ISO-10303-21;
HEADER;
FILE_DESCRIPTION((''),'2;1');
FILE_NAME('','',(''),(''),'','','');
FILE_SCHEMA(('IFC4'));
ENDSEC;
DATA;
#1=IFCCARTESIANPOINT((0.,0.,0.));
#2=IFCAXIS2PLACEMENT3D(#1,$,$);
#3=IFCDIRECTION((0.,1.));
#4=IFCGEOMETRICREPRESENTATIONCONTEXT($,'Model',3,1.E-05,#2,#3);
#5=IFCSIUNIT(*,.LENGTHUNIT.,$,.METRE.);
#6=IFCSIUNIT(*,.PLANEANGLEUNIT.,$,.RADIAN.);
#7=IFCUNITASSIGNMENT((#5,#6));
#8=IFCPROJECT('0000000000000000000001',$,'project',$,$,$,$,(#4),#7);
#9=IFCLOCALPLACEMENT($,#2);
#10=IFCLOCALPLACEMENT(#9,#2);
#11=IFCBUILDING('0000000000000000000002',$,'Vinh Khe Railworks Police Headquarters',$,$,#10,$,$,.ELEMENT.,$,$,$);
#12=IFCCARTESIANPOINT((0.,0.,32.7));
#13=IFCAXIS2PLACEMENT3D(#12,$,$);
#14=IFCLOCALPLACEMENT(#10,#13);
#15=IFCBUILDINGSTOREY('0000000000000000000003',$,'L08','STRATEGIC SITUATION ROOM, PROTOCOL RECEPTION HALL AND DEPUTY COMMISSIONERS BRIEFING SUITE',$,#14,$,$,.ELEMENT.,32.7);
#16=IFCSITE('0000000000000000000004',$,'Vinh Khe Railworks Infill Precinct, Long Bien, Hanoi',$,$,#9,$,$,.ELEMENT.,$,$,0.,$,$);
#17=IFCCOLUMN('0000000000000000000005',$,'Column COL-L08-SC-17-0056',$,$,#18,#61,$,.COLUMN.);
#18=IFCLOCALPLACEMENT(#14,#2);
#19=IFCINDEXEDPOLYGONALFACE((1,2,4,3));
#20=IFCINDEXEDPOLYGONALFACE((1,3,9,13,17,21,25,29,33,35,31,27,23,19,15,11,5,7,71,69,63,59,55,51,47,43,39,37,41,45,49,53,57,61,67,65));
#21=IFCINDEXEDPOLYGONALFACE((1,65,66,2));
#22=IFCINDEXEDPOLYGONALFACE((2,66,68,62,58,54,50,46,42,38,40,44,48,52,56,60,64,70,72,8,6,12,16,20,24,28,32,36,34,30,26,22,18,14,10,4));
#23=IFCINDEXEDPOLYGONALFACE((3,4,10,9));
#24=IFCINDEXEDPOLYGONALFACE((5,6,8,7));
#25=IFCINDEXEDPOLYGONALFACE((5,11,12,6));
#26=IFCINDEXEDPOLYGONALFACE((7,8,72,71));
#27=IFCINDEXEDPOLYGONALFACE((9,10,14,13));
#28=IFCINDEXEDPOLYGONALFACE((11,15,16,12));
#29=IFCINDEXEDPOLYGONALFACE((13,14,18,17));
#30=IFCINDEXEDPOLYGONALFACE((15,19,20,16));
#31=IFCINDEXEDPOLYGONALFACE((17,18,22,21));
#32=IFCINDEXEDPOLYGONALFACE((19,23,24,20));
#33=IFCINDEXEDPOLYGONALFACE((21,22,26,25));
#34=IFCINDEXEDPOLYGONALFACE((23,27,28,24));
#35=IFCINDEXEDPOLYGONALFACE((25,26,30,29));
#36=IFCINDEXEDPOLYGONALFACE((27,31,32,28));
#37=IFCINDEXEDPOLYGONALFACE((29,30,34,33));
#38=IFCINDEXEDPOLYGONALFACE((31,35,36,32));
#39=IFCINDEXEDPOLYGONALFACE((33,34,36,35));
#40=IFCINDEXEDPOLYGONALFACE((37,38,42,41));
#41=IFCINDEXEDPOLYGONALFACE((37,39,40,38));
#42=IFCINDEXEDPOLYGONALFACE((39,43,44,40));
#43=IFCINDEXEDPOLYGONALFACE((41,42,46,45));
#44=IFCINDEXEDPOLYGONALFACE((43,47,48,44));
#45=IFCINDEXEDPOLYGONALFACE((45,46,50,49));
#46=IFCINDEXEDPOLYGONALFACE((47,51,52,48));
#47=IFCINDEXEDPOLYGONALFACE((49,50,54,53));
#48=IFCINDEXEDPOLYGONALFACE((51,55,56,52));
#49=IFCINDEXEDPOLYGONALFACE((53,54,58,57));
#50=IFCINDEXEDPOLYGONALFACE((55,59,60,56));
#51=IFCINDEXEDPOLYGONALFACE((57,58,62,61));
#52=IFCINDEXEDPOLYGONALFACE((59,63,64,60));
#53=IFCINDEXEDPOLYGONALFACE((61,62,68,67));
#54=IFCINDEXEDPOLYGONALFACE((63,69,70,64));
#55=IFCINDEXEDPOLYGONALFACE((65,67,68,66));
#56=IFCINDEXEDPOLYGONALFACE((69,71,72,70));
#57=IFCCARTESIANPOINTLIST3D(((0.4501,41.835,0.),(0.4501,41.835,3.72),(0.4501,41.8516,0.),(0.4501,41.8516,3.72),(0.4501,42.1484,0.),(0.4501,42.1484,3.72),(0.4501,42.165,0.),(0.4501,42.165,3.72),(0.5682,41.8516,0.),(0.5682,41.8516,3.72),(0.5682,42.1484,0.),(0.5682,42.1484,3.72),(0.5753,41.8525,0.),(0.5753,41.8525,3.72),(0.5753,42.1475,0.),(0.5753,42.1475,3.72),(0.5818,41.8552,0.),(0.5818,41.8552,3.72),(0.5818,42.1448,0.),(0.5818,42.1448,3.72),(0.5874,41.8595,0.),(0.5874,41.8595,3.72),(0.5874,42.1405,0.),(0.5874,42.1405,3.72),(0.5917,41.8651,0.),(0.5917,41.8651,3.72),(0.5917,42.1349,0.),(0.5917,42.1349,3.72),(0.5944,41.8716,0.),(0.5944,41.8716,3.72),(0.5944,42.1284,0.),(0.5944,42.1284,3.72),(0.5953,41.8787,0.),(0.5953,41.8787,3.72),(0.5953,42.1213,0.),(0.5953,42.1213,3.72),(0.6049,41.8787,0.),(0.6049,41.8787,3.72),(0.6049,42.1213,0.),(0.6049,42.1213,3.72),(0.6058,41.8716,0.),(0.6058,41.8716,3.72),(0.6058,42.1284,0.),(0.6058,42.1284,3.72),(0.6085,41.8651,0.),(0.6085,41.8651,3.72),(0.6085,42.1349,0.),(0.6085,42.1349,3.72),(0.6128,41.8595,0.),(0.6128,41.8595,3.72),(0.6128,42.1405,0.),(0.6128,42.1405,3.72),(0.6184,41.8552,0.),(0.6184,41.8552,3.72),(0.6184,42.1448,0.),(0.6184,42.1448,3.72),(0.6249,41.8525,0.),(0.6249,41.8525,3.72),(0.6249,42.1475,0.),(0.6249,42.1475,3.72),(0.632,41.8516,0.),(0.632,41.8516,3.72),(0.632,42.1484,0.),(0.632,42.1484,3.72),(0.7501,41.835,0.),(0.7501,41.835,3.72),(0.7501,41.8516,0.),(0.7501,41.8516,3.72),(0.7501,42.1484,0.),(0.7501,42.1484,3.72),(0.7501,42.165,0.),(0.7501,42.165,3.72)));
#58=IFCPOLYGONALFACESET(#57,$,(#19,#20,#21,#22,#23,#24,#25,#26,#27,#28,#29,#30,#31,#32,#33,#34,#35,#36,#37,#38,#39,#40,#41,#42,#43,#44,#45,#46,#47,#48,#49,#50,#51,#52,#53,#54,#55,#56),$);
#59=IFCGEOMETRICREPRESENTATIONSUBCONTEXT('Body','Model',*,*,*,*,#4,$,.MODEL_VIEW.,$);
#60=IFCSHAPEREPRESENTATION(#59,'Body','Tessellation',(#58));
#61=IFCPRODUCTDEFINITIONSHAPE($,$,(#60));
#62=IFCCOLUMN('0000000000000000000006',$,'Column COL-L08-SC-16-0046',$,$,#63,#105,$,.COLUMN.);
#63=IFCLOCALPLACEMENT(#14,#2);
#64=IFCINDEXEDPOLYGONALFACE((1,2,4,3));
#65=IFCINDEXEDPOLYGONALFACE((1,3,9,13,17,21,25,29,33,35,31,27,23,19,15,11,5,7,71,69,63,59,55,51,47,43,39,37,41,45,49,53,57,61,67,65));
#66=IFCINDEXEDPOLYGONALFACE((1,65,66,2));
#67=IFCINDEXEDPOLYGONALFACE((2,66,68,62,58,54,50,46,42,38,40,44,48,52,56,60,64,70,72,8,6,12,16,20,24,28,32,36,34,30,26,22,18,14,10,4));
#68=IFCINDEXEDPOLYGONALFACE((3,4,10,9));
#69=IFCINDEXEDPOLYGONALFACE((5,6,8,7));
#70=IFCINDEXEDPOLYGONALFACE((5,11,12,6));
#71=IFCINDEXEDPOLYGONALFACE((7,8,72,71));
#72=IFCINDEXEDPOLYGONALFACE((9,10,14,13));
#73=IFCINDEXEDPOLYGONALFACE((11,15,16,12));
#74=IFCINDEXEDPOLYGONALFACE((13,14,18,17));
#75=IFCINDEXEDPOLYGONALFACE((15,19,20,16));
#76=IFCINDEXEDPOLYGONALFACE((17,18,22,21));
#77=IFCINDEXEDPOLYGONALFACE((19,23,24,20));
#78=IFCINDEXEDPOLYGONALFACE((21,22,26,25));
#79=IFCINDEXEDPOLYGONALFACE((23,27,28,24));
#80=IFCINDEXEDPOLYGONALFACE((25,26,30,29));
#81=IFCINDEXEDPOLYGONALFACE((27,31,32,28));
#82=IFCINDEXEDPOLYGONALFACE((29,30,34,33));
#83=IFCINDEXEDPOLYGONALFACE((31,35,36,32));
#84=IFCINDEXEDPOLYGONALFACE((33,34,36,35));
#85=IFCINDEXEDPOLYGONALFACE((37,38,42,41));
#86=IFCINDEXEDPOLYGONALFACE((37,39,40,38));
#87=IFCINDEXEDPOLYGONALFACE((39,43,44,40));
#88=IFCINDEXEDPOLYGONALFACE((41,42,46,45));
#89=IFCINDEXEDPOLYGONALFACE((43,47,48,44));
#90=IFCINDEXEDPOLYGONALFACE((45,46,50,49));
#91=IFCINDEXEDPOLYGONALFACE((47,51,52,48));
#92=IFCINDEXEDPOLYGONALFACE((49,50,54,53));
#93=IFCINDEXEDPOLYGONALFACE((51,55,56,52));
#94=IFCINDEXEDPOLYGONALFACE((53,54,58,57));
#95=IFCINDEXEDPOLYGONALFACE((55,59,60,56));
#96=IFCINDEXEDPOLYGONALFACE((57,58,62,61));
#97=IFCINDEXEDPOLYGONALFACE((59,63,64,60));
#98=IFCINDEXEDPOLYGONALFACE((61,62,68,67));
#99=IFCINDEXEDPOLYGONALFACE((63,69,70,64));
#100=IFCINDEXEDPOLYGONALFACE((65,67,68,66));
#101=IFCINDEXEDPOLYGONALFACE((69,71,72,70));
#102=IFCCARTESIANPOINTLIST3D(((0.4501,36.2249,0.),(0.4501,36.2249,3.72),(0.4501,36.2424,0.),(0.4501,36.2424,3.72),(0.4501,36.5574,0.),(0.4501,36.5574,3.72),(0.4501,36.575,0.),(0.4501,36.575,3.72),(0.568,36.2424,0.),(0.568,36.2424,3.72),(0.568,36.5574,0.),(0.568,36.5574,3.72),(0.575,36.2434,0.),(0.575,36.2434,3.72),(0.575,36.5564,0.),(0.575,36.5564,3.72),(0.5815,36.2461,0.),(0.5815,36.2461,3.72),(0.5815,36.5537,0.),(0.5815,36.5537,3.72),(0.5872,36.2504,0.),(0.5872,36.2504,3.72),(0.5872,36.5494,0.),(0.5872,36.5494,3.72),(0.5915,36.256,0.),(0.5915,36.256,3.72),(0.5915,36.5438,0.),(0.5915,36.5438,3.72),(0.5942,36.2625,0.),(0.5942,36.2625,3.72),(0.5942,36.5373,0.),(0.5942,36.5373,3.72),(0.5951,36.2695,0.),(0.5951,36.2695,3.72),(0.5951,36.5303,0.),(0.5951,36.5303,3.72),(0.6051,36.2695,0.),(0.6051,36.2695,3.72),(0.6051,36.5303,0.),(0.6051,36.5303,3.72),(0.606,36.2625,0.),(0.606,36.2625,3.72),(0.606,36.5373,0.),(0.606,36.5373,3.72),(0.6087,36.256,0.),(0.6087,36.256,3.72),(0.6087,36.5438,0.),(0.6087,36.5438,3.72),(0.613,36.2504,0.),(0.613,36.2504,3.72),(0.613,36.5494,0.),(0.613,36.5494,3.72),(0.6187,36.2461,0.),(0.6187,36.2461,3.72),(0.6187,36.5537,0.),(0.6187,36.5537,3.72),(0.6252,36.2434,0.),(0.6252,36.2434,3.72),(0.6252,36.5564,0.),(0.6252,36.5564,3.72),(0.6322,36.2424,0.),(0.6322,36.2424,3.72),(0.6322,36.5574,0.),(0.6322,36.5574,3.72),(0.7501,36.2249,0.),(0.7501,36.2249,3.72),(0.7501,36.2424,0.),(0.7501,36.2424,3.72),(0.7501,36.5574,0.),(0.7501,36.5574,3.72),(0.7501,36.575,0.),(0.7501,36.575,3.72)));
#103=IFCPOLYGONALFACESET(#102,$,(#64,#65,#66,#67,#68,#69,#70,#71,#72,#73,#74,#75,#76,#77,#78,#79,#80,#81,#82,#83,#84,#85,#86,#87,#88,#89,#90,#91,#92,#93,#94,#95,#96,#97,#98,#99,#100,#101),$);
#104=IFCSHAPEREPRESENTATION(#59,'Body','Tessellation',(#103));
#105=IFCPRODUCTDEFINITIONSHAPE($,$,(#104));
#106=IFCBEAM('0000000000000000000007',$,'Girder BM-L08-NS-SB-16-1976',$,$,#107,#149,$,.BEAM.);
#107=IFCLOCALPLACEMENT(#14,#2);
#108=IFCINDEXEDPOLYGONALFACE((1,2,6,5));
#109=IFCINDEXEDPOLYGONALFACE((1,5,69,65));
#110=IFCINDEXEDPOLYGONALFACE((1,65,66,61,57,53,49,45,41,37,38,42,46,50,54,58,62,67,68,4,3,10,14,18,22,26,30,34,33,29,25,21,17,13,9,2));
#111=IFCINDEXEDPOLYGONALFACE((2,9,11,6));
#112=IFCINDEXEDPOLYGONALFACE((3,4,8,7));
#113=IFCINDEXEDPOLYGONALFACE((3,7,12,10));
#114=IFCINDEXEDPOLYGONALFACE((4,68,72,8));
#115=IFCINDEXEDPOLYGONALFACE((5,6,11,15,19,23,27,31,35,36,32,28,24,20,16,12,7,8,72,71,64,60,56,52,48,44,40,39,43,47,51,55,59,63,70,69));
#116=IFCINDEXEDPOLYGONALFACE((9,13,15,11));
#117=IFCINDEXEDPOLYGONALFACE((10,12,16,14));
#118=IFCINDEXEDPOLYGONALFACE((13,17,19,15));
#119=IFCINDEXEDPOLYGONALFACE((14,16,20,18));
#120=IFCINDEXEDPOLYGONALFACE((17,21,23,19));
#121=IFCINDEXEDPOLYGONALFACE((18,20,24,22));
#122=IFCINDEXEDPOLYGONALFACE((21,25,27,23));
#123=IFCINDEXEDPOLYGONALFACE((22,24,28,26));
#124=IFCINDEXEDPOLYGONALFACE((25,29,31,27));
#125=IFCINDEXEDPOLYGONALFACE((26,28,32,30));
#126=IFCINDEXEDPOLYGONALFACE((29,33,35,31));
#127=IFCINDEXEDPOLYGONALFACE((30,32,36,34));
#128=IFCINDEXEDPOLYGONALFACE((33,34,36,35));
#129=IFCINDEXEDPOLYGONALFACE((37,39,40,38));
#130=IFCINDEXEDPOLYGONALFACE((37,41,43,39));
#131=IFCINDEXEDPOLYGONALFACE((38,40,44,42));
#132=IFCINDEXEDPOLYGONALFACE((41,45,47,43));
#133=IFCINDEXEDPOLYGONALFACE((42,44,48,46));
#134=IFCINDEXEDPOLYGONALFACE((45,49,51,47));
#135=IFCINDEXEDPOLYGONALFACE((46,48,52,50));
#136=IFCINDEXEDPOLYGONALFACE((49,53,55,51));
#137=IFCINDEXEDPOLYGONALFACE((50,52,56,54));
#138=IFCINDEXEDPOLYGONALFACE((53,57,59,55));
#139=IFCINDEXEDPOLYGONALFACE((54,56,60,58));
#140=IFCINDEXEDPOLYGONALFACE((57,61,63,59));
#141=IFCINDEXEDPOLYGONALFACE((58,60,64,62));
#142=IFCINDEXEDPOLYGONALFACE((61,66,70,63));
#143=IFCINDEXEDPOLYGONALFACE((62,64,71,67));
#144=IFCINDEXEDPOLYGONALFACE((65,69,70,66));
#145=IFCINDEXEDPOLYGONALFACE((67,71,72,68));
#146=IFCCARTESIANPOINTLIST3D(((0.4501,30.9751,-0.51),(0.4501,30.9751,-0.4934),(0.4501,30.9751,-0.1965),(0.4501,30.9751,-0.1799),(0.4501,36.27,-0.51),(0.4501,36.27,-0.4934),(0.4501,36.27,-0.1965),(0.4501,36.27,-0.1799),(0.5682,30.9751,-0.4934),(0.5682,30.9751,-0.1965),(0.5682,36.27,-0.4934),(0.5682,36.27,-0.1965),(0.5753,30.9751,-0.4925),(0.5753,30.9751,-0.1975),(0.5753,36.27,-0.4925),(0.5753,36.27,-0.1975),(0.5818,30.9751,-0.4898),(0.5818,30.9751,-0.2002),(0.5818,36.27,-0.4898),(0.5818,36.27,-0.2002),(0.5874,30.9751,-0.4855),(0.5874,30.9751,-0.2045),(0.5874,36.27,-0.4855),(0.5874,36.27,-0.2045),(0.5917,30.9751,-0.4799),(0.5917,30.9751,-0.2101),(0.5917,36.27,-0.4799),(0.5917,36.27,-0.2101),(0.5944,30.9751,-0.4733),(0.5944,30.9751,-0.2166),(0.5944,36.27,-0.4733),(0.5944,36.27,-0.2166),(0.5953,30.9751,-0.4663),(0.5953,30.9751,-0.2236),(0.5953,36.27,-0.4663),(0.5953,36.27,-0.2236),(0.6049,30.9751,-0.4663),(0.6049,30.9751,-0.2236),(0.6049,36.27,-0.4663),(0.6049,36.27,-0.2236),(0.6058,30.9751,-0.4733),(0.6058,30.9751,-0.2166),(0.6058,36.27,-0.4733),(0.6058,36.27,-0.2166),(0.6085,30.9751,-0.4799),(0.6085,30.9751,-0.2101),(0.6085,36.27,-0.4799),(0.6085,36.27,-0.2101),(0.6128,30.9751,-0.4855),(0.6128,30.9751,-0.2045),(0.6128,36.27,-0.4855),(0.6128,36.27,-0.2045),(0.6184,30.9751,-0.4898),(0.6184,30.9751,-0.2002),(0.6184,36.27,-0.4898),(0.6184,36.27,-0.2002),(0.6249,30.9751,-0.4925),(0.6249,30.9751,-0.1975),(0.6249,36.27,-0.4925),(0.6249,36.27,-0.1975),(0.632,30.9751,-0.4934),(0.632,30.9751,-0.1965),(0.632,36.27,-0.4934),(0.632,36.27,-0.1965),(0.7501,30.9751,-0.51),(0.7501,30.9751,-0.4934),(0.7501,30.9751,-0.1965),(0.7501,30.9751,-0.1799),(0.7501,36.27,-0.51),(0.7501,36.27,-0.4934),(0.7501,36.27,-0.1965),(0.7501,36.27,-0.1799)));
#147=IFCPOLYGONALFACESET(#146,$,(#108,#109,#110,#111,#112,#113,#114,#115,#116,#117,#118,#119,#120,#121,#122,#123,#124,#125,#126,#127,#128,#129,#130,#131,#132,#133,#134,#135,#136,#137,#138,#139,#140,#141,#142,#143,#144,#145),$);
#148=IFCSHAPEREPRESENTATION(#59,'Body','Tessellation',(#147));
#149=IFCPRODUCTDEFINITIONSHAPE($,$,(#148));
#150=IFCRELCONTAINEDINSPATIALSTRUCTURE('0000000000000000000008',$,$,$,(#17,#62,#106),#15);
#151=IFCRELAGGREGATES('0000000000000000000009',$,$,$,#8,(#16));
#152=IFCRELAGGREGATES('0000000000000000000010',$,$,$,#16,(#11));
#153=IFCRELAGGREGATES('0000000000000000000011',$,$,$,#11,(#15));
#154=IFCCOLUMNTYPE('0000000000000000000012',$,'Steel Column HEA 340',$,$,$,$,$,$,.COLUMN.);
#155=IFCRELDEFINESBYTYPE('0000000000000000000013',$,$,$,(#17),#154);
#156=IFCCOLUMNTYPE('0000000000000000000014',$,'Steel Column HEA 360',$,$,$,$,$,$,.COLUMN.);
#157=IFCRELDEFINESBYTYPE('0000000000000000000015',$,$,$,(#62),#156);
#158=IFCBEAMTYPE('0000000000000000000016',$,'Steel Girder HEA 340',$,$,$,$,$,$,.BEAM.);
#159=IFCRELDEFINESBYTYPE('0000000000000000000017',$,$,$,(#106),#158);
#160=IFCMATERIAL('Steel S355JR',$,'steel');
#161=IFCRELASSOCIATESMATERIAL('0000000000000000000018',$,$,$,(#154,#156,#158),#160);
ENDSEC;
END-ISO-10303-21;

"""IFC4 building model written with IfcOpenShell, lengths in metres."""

from ifc_helpers import new_model, si_unit, direction, frame, origin, origin_2d, place, context, subcontext, project, spatial, i_section, extrude, material, material_profile, profile_set, type_object, element, save


model = new_model("IFC4")

# Units and contexts
model_context = context("Model", 3, precision=1e-05, world=origin(), true_north=direction((0.0, 1.0)))
body_context = subcontext(model_context, "Body", "Model", "MODEL_VIEW")
ifc_project = project(units=[si_unit("LENGTHUNIT", "METRE"), si_unit("PLANEANGLEUNIT", "RADIAN")], contexts=[model_context])

# Site, building, storey
site_placement = place(None, origin())
site = spatial("IfcSite", under=ifc_project, at=site_placement, Name="Vinh Khe Railworks Infill Precinct, Long Bien, Hanoi", CompositionType="ELEMENT", RefElevation=0.0)
building_placement = place(site_placement, origin())
building = spatial("IfcBuilding", under=site, at=building_placement, Name="Vinh Khe Railworks Police Headquarters", CompositionType="ELEMENT")
storey_placement = place(building_placement, frame((0.0, 0.0, 32.7)))
storey = spatial("IfcBuildingStorey", under=building, at=storey_placement, Name="L08", Description="STRATEGIC SITUATION ROOM, PROTOCOL RECEPTION HALL AND DEPUTY COMMISSIONERS BRIEFING SUITE", CompositionType="ELEMENT", Elevation=32.7)

# Columns
ifc_material_1 = material(Name="Steel S355JR", Category="steel")
ifc_material_profile_1 = material_profile(ifc_material_1, i_section(OverallWidth=0.3, OverallDepth=0.3301, WebThickness=0.0095, FlangeThickness=0.0166, FilletRadius=0.0271, at=origin_2d()), Name="HEA 340")
ifc_profile_set_1 = profile_set([ifc_material_profile_1], Name="Steel S355JR")
column_type_1 = type_object("IfcColumnType", Name="Steel Column HEA 340", PredefinedType="COLUMN", material=ifc_profile_set_1)
column_1_placement = place(storey_placement, frame((0.6001, 42.0, 0.0), z_axis=(0.0, 0.0, 1.0), x_axis=(1.0, 0.0, 0.0)))
element("IfcColumn", 1, at=column_1_placement, inside=storey, type_object=column_type_1, Name="Column COL-L08-SC-17-0056", PredefinedType="COLUMN", context=body_context, shape_type="SweptSolid", body=[
    extrude(i_section(OverallWidth=0.3, OverallDepth=0.3301, WebThickness=0.0095, FlangeThickness=0.0166, FilletRadius=0.0271, at=origin_2d()), origin(), (0.0, 0.0, 1.0), 3.72),
])
ifc_material_profile_2 = material_profile(ifc_material_1, i_section(OverallWidth=0.3, OverallDepth=0.3501, WebThickness=0.01, FlangeThickness=0.0176, FilletRadius=0.0271, at=origin_2d()), Name="HEA 360")
ifc_profile_set_2 = profile_set([ifc_material_profile_2], Name="Steel S355JR")
column_type_2 = type_object("IfcColumnType", Name="Steel Column HEA 360", PredefinedType="COLUMN", material=ifc_profile_set_2)
column_2_placement = place(storey_placement, frame((0.6001, 36.3999, 0.0), z_axis=(0.0, 0.0, 1.0), x_axis=(1.0, 0.0, 0.0)))
element("IfcColumn", 2, at=column_2_placement, inside=storey, type_object=column_type_2, Name="Column COL-L08-SC-16-0046", PredefinedType="COLUMN", context=body_context, shape_type="SweptSolid", body=[
    extrude(i_section(OverallWidth=0.3, OverallDepth=0.3501, WebThickness=0.01, FlangeThickness=0.0176, FilletRadius=0.0271, at=origin_2d()), origin(), (0.0, 0.0, 1.0), 3.72),
])

# Beam
ifc_material_profile_3 = material_profile(ifc_material_1, i_section(OverallWidth=0.3, OverallDepth=0.3301, WebThickness=0.0095, FlangeThickness=0.0166, FilletRadius=0.0271, at=origin_2d()), Name="HEA 340")
ifc_profile_set_3 = profile_set([ifc_material_profile_3], Name="Steel S355JR")
beam_type_1 = type_object("IfcBeamType", Name="Steel Girder HEA 340", PredefinedType="BEAM", material=ifc_profile_set_3)
beam_1_placement = place(storey_placement, frame((0.6001, 30.9751, -0.345), z_axis=(0.0, 1.0, 0.0), x_axis=(-1.0, 0.0, 0.0)))
element("IfcBeam", 3, at=beam_1_placement, inside=storey, type_object=beam_type_1, Name="Girder BM-L08-NS-SB-16-1976", PredefinedType="BEAM", context=body_context, shape_type="SweptSolid", body=[
    extrude(i_section(OverallWidth=0.3, OverallDepth=0.3301, WebThickness=0.0095, FlangeThickness=0.0166, FilletRadius=0.0271, at=origin_2d()), origin(), (0.0, 0.0, 1.0), 5.2949),
])

save(model, "model.ifc")
